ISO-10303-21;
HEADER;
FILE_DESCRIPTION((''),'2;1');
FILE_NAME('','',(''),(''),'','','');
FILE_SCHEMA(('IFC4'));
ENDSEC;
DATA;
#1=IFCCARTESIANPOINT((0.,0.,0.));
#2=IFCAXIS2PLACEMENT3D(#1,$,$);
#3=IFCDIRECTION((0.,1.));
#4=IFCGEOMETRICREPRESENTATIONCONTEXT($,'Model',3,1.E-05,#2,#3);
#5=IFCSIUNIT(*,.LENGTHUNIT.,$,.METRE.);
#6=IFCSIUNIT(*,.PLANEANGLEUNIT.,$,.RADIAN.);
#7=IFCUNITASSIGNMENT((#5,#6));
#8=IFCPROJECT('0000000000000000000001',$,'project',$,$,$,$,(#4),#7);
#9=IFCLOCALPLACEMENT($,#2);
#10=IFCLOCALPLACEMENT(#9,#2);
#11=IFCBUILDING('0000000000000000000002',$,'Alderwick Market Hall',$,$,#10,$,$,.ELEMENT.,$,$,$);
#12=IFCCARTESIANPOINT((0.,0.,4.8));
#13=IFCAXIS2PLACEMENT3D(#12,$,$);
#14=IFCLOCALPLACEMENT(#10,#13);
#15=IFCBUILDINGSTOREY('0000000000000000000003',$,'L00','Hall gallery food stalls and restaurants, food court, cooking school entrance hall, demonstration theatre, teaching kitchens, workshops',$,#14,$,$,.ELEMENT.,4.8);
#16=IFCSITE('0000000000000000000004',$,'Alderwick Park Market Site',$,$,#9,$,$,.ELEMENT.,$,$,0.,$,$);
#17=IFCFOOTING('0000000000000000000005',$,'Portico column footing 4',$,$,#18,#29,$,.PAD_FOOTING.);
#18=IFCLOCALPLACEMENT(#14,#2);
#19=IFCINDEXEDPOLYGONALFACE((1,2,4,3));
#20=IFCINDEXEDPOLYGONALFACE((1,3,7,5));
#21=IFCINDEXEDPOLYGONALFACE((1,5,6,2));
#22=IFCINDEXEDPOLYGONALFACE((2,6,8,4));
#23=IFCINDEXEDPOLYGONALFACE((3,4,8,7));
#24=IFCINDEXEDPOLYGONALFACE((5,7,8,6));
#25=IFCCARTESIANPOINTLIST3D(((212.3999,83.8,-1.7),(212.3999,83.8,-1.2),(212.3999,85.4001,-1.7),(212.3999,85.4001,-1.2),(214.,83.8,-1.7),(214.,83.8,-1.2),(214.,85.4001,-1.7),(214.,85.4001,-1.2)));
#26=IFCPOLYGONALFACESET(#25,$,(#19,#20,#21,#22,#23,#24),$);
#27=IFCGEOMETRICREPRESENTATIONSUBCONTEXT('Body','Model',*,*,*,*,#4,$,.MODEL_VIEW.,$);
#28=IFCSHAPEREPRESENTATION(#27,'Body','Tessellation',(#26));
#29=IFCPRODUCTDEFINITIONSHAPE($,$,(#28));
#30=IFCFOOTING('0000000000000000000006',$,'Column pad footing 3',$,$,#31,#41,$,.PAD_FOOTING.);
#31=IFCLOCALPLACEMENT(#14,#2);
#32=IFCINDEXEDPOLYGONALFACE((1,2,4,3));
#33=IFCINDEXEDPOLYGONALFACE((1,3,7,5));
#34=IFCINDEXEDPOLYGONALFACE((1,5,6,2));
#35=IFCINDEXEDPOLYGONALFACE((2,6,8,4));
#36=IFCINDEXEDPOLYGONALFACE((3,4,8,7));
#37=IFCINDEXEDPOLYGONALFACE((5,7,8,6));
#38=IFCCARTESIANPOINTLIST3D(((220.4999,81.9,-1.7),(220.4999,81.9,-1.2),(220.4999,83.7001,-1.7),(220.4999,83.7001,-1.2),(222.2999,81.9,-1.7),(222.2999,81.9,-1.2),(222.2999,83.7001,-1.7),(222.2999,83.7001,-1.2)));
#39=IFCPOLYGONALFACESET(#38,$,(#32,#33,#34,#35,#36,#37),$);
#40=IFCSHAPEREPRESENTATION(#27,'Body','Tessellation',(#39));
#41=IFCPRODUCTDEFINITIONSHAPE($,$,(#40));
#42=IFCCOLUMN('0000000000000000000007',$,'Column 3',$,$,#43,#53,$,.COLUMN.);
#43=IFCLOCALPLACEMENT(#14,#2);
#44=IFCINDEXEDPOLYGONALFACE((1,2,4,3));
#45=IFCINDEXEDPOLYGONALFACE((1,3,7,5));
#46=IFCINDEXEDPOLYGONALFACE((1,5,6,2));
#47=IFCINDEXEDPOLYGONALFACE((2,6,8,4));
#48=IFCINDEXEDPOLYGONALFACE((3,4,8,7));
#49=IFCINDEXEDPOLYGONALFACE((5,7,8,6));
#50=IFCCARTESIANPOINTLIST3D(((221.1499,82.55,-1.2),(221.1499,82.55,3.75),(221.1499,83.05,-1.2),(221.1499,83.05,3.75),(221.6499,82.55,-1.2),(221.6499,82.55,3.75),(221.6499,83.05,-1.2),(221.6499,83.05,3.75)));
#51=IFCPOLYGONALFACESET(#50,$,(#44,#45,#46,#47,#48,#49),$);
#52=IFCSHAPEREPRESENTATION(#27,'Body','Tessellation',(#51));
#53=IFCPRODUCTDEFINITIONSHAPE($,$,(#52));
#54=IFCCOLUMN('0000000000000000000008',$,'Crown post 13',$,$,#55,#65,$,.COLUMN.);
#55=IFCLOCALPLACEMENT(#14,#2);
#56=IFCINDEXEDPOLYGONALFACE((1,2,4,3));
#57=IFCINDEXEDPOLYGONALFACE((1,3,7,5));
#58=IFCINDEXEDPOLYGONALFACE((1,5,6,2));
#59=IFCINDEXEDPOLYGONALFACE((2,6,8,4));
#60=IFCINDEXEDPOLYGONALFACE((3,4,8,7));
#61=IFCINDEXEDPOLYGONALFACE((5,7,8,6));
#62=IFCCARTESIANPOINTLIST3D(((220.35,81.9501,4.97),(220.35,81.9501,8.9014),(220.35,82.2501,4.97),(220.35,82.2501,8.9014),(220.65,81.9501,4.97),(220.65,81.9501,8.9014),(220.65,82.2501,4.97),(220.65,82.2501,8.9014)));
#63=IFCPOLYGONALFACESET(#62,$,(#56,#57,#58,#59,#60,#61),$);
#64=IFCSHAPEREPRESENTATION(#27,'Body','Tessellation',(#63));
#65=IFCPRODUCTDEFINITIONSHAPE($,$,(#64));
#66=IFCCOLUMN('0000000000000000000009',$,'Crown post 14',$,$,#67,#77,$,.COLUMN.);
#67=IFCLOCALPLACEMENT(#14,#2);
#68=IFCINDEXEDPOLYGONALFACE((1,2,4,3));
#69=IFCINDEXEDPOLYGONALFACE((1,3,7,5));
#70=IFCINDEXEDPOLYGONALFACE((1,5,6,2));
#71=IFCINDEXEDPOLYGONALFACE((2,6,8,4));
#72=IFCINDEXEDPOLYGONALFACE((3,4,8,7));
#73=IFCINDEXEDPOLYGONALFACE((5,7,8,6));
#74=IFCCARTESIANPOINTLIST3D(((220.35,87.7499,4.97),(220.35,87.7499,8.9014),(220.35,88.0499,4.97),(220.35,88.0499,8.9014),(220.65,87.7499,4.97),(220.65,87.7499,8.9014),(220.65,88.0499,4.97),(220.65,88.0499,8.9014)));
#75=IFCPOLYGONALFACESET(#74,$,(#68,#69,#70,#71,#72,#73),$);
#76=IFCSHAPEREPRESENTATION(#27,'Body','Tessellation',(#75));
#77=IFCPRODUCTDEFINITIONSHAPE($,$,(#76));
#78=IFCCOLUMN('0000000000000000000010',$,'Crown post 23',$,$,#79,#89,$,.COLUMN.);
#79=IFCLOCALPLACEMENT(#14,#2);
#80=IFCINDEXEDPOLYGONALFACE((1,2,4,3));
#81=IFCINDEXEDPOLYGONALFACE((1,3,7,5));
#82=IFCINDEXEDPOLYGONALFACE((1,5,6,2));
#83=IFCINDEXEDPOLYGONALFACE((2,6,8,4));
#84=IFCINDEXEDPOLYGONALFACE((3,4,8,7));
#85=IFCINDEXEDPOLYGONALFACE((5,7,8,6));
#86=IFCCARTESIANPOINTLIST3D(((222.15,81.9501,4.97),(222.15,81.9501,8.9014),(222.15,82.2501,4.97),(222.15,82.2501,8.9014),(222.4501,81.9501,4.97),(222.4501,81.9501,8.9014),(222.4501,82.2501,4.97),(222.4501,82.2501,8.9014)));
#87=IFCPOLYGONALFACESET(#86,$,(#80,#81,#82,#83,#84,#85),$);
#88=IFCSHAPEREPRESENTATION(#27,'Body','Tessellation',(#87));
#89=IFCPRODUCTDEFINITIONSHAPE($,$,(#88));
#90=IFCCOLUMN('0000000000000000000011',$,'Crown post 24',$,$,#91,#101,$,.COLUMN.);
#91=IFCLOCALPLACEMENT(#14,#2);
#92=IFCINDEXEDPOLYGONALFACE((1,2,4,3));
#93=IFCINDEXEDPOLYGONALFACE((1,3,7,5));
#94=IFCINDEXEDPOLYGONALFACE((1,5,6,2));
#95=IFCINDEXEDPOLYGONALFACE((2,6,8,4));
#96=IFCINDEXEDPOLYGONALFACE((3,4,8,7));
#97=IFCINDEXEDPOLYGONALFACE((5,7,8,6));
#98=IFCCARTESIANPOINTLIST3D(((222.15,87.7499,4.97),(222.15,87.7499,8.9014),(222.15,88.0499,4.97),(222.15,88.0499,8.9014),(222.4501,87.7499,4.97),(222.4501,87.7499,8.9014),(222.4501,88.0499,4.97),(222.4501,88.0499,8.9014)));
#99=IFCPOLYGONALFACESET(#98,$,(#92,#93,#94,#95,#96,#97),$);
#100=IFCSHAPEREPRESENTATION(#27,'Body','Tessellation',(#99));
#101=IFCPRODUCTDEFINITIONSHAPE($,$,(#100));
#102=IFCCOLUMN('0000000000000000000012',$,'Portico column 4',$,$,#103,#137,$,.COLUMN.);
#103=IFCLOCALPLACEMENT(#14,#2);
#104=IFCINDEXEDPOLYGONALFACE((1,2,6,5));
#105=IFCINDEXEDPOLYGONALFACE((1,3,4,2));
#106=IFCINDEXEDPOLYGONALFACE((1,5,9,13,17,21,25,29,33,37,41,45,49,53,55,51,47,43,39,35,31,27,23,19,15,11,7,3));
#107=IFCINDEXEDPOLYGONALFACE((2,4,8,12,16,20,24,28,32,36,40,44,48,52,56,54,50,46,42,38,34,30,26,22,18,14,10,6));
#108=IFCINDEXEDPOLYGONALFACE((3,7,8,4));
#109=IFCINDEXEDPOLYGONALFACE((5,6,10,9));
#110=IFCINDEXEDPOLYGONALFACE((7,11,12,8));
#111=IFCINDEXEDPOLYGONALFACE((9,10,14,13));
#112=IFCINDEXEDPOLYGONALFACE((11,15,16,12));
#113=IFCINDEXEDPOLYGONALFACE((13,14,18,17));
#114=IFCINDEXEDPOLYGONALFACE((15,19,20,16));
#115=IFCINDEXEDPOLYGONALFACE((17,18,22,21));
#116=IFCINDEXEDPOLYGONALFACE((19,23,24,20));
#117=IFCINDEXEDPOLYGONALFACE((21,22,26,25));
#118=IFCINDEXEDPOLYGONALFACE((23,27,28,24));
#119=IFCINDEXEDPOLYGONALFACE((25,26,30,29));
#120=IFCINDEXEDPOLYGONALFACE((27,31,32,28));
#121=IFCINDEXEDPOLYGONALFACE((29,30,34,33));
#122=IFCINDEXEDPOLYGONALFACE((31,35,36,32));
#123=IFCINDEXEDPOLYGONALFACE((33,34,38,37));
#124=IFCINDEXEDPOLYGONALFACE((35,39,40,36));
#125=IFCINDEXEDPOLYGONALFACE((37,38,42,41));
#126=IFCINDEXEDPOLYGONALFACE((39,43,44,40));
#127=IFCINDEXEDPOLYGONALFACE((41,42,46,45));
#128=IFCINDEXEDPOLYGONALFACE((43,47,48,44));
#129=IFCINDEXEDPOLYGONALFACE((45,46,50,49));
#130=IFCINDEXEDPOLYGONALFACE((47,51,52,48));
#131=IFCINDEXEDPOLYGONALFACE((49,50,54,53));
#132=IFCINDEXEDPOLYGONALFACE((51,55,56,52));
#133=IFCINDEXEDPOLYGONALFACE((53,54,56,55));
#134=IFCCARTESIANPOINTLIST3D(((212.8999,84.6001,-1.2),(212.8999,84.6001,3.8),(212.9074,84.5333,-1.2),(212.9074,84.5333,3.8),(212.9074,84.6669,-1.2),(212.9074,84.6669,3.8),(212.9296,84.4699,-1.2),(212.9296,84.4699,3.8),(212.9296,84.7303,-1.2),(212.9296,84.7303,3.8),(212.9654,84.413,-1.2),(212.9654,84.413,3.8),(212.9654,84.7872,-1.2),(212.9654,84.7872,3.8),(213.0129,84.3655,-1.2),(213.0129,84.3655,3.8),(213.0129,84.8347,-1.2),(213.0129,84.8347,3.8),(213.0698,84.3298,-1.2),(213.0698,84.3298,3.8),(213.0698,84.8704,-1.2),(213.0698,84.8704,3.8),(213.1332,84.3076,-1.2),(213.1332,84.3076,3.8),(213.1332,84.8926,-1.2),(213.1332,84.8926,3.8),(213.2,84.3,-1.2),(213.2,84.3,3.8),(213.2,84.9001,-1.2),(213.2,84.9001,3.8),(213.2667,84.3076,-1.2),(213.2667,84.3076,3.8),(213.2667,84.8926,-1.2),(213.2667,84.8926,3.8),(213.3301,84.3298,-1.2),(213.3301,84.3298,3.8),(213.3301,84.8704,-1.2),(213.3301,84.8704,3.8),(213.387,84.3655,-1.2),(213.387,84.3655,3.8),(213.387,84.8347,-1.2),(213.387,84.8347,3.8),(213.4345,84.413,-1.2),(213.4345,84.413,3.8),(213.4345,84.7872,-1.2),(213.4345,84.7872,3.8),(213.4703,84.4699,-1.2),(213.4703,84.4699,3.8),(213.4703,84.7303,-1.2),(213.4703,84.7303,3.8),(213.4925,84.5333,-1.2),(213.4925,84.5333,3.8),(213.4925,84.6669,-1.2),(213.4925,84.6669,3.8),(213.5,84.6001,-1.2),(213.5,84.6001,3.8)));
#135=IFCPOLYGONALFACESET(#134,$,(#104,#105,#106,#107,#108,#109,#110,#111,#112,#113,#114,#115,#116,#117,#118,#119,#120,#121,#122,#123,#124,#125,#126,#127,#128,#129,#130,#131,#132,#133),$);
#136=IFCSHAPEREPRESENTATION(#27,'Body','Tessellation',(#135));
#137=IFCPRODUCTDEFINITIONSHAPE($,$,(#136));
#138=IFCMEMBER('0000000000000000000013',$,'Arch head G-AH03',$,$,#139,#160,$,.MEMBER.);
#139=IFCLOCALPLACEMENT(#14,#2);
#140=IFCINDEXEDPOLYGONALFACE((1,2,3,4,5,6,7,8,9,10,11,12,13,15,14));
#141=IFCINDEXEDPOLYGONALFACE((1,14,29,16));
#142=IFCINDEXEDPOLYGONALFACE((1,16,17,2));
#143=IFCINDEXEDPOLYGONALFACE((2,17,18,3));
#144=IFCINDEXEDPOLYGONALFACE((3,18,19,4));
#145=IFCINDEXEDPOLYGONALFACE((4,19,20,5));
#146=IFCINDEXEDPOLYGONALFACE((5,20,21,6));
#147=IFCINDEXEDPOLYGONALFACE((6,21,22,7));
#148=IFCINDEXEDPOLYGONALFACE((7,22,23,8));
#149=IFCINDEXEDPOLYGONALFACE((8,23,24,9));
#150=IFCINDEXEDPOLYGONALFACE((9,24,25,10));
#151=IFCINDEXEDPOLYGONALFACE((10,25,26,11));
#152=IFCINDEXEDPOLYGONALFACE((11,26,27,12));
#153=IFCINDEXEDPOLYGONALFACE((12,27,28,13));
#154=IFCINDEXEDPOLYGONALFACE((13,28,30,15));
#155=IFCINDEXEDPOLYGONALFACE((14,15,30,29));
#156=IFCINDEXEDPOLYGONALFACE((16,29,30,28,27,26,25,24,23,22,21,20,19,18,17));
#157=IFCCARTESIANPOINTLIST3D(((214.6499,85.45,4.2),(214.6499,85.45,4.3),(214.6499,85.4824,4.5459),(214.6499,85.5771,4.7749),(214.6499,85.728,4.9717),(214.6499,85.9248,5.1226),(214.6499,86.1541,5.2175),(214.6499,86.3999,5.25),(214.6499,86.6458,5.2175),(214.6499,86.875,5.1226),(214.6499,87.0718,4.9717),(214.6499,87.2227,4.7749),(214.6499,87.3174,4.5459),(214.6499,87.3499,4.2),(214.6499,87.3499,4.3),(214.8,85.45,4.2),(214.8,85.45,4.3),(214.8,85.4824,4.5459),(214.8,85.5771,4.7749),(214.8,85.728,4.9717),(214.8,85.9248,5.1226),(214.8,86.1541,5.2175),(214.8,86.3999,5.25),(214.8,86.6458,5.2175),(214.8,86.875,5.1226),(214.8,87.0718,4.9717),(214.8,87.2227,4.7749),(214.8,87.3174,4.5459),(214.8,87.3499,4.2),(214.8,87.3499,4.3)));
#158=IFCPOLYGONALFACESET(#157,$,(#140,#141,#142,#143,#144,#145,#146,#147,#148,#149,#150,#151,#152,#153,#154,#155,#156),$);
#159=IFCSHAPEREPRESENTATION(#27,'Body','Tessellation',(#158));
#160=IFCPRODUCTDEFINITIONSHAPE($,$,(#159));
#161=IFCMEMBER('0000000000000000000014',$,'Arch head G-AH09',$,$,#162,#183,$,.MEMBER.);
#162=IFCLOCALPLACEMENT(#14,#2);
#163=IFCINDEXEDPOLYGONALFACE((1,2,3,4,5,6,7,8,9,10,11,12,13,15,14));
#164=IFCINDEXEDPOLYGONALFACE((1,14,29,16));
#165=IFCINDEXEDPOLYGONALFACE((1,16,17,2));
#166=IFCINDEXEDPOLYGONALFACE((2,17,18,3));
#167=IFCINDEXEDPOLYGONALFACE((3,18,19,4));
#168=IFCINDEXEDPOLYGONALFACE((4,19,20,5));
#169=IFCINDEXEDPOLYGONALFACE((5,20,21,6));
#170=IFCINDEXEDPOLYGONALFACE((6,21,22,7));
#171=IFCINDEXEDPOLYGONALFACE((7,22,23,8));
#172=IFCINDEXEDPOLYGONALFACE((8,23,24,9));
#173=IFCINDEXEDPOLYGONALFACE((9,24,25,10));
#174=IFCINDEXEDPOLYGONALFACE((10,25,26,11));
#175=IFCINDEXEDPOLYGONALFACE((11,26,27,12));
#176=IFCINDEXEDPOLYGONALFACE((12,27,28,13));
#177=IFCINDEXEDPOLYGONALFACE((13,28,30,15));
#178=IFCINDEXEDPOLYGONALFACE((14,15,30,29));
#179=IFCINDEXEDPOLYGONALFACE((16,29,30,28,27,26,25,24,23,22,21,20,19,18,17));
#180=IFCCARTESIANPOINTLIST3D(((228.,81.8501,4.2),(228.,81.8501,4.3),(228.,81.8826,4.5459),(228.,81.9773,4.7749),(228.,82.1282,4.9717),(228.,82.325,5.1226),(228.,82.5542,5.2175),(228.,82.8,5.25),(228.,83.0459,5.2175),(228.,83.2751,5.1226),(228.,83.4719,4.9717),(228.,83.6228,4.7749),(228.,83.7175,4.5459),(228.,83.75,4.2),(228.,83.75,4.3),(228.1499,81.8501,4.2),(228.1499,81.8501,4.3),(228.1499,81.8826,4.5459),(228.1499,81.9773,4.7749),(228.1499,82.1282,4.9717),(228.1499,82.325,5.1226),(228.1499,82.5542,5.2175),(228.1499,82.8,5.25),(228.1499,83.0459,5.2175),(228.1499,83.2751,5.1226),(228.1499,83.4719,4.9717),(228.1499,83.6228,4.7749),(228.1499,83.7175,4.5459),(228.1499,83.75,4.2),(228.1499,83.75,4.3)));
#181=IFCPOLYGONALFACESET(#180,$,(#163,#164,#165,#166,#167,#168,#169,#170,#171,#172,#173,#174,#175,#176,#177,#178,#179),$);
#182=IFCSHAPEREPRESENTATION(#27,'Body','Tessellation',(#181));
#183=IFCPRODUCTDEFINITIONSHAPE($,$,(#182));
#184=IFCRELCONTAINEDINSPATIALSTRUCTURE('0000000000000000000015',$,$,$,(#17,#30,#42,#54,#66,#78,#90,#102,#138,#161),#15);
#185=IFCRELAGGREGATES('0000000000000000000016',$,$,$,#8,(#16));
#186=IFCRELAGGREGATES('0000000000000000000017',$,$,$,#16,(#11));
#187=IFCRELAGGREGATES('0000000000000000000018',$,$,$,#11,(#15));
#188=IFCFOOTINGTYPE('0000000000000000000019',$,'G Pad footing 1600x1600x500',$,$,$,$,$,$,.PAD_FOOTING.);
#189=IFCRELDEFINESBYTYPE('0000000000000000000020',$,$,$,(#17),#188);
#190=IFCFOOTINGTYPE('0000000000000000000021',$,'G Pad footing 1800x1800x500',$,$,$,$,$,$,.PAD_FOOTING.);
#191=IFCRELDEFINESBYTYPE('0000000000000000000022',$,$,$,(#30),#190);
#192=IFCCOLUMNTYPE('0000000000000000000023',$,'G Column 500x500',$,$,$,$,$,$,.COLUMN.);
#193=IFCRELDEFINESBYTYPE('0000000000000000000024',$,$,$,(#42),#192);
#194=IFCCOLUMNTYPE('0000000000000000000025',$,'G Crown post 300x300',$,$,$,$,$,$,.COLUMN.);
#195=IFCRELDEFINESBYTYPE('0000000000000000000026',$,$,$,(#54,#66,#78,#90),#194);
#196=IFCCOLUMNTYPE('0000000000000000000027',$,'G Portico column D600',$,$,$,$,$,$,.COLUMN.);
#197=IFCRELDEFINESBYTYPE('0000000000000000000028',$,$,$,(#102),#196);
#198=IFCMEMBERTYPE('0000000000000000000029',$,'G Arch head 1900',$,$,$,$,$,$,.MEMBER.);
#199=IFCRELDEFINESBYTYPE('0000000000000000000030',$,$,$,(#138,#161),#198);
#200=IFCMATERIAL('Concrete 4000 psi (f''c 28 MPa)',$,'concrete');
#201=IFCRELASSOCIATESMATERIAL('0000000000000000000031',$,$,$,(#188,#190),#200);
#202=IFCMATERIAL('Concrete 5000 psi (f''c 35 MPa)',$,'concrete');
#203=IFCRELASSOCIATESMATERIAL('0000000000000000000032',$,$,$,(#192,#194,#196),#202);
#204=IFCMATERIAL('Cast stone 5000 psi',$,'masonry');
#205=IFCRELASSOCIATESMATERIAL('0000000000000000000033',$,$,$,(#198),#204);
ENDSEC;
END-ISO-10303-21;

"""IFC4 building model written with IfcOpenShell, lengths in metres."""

from ifc_helpers import new_model, si_unit, direction, frame, origin, origin_2d, place, context, subcontext, project, spatial, polyline, rectangle, circle, outline, extrude, material, material_profile, profile_set, type_object, element, save


model = new_model("IFC4")

# Units and contexts
model_context = context("Model", 3, precision=1e-05, world=origin(), true_north=direction((0.0, 1.0)))
body_context = subcontext(model_context, "Body", "Model", "MODEL_VIEW")
ifc_project = project(units=[si_unit("LENGTHUNIT", "METRE"), si_unit("PLANEANGLEUNIT", "RADIAN")], contexts=[model_context])

# Site, building, storey
site_placement = place(None, origin())
site = spatial("IfcSite", under=ifc_project, at=site_placement, Name="Alderwick Park Market Site", CompositionType="ELEMENT", RefElevation=0.0)
building_placement = place(site_placement, origin())
building = spatial("IfcBuilding", under=site, at=building_placement, Name="Alderwick Market Hall", CompositionType="ELEMENT")
storey_placement = place(building_placement, frame((0.0, 0.0, 4.8)))
storey = spatial("IfcBuildingStorey", under=building, at=storey_placement, Name="L00", Description="Hall gallery food stalls and restaurants, food court, cooking school entrance hall, demonstration theatre, teaching kitchens, workshops", CompositionType="ELEMENT", Elevation=4.8)

# Footings
ifc_material_1 = material(Name="Concrete 4000 psi (f'c 28 MPa)", Category="concrete")
footing_type_1 = type_object("IfcFootingType", Name="G Pad footing 1600x1600x500", PredefinedType="PAD_FOOTING", material=ifc_material_1)
footing_1_placement = place(storey_placement, frame((213.2, 84.6001, -1.7), z_axis=(0.0, 0.0, 1.0), x_axis=(1.0, 0.0, 0.0)))
element("IfcFooting", 1, at=footing_1_placement, inside=storey, type_object=footing_type_1, Name="Portico column footing 4", PredefinedType="PAD_FOOTING", context=body_context, shape_type="SweptSolid", body=[
    extrude(rectangle(XDim=1.6001, YDim=1.6001, at=origin_2d()), origin(), (0.0, 0.0, 1.0), 0.5),
])
footing_type_2 = type_object("IfcFootingType", Name="G Pad footing 1800x1800x500", PredefinedType="PAD_FOOTING", material=ifc_material_1)
footing_2_placement = place(storey_placement, frame((221.3999, 82.8, -1.7), z_axis=(0.0, 0.0, 1.0), x_axis=(1.0, 0.0, 0.0)))
element("IfcFooting", 2, at=footing_2_placement, inside=storey, type_object=footing_type_2, Name="Column pad footing 3", PredefinedType="PAD_FOOTING", context=body_context, shape_type="SweptSolid", body=[
    extrude(rectangle(XDim=1.8, YDim=1.8, at=origin_2d()), origin(), (0.0, 0.0, 1.0), 0.5),
])

# Columns
ifc_material_2 = material(Name="Concrete 5000 psi (f'c 35 MPa)", Category="concrete")
ifc_material_profile_1 = material_profile(ifc_material_2, rectangle(XDim=0.5, YDim=0.5, at=origin_2d()), Name="RC 500x500")
ifc_profile_set_1 = profile_set([ifc_material_profile_1], Name="Concrete 5000 psi (f'c 35 MPa)")
column_type_1 = type_object("IfcColumnType", Name="G Column 500x500", PredefinedType="COLUMN", material=ifc_profile_set_1)
column_1_placement = place(storey_placement, frame((221.3999, 82.8, -1.2), z_axis=(0.0, 0.0, 1.0), x_axis=(1.0, 0.0, 0.0)))
element("IfcColumn", 3, at=column_1_placement, inside=storey, type_object=column_type_1, Name="Column 3", PredefinedType="COLUMN", context=body_context, shape_type="SweptSolid", body=[
    extrude(rectangle(XDim=0.5, YDim=0.5, at=origin_2d()), origin(), (0.0, 0.0, 1.0), 4.95),
])
ifc_material_profile_2 = material_profile(ifc_material_2, rectangle(XDim=0.3, YDim=0.3, at=origin_2d()), Name="RC 300x300")
ifc_profile_set_2 = profile_set([ifc_material_profile_2], Name="Concrete 5000 psi (f'c 35 MPa)")
column_type_2 = type_object("IfcColumnType", Name="G Crown post 300x300", PredefinedType="COLUMN", material=ifc_profile_set_2)
for number, where, z_axis, x_axis, name in (
    (4, (220.5, 82.1001, 4.97), (0.0, 0.0, 1.0), (1.0, 0.0, 0.0), "Crown post 13"),
    (5, (220.5, 87.8999, 4.97), (0.0, 0.0, 1.0), (1.0, 0.0, 0.0), "Crown post 14"),
    (6, (222.3, 82.1001, 4.97), (0.0, 0.0, 1.0), (1.0, 0.0, 0.0), "Crown post 23"),
    (7, (222.3, 87.8999, 4.97), (0.0, 0.0, 1.0), (1.0, 0.0, 0.0), "Crown post 24"),
):
    element("IfcColumn", number, at=place(storey_placement, frame(where, z_axis=z_axis, x_axis=x_axis)), inside=storey, type_object=column_type_2, Name=name, PredefinedType="COLUMN", context=body_context, shape_type="SweptSolid", body=[
        extrude(rectangle(XDim=0.3, YDim=0.3, at=origin_2d()), origin(), (0.0, 0.0, 1.0), 3.9314),
    ])
ifc_material_profile_3 = material_profile(ifc_material_2, circle(Radius=0.3, at=origin_2d()), Name="RC D600")
ifc_profile_set_3 = profile_set([ifc_material_profile_3], Name="Concrete 5000 psi (f'c 35 MPa)")
column_type_3 = type_object("IfcColumnType", Name="G Portico column D600", PredefinedType="COLUMN", material=ifc_profile_set_3)
column_2_placement = place(storey_placement, frame((213.2, 84.6001, -1.2), z_axis=(0.0, 0.0, 1.0), x_axis=(1.0, 0.0, 0.0)))
element("IfcColumn", 8, at=column_2_placement, inside=storey, type_object=column_type_3, Name="Portico column 4", PredefinedType="COLUMN", context=body_context, shape_type="SweptSolid", body=[
    extrude(circle(Radius=0.3, at=origin_2d()), origin(), (0.0, 0.0, 1.0), 5.0),
])

# Members
ifc_material_3 = material(Name="Cast stone 5000 psi", Category="masonry")
ifc_material_profile_4 = material_profile(ifc_material_3, outline(polyline([(-0.95, 0.0), (0.95, 0.0), (0.95, 0.1001), (0.9175, 0.3459), (0.8228, 0.575), (0.6719, 0.7717), (0.4751, 0.9226), (0.2458, 1.0176), (0.0, 1.05), (-0.2458, 1.0176), (-0.4751, 0.9226), (-0.6719, 0.7717), (-0.8228, 0.575), (-0.9175, 0.3459), (-0.95, 0.1001), (-0.95, 0.0)])), Name="Cast stone arch head 1900")
ifc_profile_set_4 = profile_set([ifc_material_profile_4], Name="Cast stone 5000 psi")
member_type = type_object("IfcMemberType", Name="G Arch head 1900", PredefinedType="MEMBER", material=ifc_profile_set_4)
member_1_placement = place(storey_placement, frame((214.6499, 86.3999, 4.2), z_axis=(1.0, 0.0, 0.0), x_axis=(0.0, 1.0, 0.0)))
element("IfcMember", 9, at=member_1_placement, inside=storey, type_object=member_type, Name="Arch head G-AH03", PredefinedType="MEMBER", context=body_context, shape_type="SweptSolid", body=[
    extrude(outline(polyline([(-0.95, 0.0), (0.95, 0.0), (0.95, 0.1001), (0.9175, 0.3459), (0.8228, 0.575), (0.6719, 0.7717), (0.4751, 0.9226), (0.2458, 1.0176), (0.0, 1.05), (-0.2458, 1.0176), (-0.4751, 0.9226), (-0.6719, 0.7717), (-0.8228, 0.575), (-0.9175, 0.3459), (-0.95, 0.1001), (-0.95, 0.0)])), origin(), (0.0, 0.0, 1.0), 0.1501),
])
member_2_placement = place(storey_placement, frame((228.0, 82.8, 4.2), z_axis=(1.0, 0.0, 0.0), x_axis=(0.0, 1.0, 0.0)))
element("IfcMember", 10, at=member_2_placement, inside=storey, type_object=member_type, Name="Arch head G-AH09", PredefinedType="MEMBER", context=body_context, shape_type="SweptSolid", body=[
    extrude(outline(polyline([(-0.95, 0.0), (0.95, 0.0), (0.95, 0.1001), (0.9175, 0.3459), (0.8228, 0.575), (0.6719, 0.7717), (0.4751, 0.9226), (0.2458, 1.0176), (0.0, 1.05), (-0.2458, 1.0176), (-0.4751, 0.9226), (-0.6719, 0.7717), (-0.8228, 0.575), (-0.9175, 0.3459), (-0.95, 0.1001), (-0.95, 0.0)])), origin(), (0.0, 0.0, 1.0), 0.1499),
])

save(model, "model.ifc")
